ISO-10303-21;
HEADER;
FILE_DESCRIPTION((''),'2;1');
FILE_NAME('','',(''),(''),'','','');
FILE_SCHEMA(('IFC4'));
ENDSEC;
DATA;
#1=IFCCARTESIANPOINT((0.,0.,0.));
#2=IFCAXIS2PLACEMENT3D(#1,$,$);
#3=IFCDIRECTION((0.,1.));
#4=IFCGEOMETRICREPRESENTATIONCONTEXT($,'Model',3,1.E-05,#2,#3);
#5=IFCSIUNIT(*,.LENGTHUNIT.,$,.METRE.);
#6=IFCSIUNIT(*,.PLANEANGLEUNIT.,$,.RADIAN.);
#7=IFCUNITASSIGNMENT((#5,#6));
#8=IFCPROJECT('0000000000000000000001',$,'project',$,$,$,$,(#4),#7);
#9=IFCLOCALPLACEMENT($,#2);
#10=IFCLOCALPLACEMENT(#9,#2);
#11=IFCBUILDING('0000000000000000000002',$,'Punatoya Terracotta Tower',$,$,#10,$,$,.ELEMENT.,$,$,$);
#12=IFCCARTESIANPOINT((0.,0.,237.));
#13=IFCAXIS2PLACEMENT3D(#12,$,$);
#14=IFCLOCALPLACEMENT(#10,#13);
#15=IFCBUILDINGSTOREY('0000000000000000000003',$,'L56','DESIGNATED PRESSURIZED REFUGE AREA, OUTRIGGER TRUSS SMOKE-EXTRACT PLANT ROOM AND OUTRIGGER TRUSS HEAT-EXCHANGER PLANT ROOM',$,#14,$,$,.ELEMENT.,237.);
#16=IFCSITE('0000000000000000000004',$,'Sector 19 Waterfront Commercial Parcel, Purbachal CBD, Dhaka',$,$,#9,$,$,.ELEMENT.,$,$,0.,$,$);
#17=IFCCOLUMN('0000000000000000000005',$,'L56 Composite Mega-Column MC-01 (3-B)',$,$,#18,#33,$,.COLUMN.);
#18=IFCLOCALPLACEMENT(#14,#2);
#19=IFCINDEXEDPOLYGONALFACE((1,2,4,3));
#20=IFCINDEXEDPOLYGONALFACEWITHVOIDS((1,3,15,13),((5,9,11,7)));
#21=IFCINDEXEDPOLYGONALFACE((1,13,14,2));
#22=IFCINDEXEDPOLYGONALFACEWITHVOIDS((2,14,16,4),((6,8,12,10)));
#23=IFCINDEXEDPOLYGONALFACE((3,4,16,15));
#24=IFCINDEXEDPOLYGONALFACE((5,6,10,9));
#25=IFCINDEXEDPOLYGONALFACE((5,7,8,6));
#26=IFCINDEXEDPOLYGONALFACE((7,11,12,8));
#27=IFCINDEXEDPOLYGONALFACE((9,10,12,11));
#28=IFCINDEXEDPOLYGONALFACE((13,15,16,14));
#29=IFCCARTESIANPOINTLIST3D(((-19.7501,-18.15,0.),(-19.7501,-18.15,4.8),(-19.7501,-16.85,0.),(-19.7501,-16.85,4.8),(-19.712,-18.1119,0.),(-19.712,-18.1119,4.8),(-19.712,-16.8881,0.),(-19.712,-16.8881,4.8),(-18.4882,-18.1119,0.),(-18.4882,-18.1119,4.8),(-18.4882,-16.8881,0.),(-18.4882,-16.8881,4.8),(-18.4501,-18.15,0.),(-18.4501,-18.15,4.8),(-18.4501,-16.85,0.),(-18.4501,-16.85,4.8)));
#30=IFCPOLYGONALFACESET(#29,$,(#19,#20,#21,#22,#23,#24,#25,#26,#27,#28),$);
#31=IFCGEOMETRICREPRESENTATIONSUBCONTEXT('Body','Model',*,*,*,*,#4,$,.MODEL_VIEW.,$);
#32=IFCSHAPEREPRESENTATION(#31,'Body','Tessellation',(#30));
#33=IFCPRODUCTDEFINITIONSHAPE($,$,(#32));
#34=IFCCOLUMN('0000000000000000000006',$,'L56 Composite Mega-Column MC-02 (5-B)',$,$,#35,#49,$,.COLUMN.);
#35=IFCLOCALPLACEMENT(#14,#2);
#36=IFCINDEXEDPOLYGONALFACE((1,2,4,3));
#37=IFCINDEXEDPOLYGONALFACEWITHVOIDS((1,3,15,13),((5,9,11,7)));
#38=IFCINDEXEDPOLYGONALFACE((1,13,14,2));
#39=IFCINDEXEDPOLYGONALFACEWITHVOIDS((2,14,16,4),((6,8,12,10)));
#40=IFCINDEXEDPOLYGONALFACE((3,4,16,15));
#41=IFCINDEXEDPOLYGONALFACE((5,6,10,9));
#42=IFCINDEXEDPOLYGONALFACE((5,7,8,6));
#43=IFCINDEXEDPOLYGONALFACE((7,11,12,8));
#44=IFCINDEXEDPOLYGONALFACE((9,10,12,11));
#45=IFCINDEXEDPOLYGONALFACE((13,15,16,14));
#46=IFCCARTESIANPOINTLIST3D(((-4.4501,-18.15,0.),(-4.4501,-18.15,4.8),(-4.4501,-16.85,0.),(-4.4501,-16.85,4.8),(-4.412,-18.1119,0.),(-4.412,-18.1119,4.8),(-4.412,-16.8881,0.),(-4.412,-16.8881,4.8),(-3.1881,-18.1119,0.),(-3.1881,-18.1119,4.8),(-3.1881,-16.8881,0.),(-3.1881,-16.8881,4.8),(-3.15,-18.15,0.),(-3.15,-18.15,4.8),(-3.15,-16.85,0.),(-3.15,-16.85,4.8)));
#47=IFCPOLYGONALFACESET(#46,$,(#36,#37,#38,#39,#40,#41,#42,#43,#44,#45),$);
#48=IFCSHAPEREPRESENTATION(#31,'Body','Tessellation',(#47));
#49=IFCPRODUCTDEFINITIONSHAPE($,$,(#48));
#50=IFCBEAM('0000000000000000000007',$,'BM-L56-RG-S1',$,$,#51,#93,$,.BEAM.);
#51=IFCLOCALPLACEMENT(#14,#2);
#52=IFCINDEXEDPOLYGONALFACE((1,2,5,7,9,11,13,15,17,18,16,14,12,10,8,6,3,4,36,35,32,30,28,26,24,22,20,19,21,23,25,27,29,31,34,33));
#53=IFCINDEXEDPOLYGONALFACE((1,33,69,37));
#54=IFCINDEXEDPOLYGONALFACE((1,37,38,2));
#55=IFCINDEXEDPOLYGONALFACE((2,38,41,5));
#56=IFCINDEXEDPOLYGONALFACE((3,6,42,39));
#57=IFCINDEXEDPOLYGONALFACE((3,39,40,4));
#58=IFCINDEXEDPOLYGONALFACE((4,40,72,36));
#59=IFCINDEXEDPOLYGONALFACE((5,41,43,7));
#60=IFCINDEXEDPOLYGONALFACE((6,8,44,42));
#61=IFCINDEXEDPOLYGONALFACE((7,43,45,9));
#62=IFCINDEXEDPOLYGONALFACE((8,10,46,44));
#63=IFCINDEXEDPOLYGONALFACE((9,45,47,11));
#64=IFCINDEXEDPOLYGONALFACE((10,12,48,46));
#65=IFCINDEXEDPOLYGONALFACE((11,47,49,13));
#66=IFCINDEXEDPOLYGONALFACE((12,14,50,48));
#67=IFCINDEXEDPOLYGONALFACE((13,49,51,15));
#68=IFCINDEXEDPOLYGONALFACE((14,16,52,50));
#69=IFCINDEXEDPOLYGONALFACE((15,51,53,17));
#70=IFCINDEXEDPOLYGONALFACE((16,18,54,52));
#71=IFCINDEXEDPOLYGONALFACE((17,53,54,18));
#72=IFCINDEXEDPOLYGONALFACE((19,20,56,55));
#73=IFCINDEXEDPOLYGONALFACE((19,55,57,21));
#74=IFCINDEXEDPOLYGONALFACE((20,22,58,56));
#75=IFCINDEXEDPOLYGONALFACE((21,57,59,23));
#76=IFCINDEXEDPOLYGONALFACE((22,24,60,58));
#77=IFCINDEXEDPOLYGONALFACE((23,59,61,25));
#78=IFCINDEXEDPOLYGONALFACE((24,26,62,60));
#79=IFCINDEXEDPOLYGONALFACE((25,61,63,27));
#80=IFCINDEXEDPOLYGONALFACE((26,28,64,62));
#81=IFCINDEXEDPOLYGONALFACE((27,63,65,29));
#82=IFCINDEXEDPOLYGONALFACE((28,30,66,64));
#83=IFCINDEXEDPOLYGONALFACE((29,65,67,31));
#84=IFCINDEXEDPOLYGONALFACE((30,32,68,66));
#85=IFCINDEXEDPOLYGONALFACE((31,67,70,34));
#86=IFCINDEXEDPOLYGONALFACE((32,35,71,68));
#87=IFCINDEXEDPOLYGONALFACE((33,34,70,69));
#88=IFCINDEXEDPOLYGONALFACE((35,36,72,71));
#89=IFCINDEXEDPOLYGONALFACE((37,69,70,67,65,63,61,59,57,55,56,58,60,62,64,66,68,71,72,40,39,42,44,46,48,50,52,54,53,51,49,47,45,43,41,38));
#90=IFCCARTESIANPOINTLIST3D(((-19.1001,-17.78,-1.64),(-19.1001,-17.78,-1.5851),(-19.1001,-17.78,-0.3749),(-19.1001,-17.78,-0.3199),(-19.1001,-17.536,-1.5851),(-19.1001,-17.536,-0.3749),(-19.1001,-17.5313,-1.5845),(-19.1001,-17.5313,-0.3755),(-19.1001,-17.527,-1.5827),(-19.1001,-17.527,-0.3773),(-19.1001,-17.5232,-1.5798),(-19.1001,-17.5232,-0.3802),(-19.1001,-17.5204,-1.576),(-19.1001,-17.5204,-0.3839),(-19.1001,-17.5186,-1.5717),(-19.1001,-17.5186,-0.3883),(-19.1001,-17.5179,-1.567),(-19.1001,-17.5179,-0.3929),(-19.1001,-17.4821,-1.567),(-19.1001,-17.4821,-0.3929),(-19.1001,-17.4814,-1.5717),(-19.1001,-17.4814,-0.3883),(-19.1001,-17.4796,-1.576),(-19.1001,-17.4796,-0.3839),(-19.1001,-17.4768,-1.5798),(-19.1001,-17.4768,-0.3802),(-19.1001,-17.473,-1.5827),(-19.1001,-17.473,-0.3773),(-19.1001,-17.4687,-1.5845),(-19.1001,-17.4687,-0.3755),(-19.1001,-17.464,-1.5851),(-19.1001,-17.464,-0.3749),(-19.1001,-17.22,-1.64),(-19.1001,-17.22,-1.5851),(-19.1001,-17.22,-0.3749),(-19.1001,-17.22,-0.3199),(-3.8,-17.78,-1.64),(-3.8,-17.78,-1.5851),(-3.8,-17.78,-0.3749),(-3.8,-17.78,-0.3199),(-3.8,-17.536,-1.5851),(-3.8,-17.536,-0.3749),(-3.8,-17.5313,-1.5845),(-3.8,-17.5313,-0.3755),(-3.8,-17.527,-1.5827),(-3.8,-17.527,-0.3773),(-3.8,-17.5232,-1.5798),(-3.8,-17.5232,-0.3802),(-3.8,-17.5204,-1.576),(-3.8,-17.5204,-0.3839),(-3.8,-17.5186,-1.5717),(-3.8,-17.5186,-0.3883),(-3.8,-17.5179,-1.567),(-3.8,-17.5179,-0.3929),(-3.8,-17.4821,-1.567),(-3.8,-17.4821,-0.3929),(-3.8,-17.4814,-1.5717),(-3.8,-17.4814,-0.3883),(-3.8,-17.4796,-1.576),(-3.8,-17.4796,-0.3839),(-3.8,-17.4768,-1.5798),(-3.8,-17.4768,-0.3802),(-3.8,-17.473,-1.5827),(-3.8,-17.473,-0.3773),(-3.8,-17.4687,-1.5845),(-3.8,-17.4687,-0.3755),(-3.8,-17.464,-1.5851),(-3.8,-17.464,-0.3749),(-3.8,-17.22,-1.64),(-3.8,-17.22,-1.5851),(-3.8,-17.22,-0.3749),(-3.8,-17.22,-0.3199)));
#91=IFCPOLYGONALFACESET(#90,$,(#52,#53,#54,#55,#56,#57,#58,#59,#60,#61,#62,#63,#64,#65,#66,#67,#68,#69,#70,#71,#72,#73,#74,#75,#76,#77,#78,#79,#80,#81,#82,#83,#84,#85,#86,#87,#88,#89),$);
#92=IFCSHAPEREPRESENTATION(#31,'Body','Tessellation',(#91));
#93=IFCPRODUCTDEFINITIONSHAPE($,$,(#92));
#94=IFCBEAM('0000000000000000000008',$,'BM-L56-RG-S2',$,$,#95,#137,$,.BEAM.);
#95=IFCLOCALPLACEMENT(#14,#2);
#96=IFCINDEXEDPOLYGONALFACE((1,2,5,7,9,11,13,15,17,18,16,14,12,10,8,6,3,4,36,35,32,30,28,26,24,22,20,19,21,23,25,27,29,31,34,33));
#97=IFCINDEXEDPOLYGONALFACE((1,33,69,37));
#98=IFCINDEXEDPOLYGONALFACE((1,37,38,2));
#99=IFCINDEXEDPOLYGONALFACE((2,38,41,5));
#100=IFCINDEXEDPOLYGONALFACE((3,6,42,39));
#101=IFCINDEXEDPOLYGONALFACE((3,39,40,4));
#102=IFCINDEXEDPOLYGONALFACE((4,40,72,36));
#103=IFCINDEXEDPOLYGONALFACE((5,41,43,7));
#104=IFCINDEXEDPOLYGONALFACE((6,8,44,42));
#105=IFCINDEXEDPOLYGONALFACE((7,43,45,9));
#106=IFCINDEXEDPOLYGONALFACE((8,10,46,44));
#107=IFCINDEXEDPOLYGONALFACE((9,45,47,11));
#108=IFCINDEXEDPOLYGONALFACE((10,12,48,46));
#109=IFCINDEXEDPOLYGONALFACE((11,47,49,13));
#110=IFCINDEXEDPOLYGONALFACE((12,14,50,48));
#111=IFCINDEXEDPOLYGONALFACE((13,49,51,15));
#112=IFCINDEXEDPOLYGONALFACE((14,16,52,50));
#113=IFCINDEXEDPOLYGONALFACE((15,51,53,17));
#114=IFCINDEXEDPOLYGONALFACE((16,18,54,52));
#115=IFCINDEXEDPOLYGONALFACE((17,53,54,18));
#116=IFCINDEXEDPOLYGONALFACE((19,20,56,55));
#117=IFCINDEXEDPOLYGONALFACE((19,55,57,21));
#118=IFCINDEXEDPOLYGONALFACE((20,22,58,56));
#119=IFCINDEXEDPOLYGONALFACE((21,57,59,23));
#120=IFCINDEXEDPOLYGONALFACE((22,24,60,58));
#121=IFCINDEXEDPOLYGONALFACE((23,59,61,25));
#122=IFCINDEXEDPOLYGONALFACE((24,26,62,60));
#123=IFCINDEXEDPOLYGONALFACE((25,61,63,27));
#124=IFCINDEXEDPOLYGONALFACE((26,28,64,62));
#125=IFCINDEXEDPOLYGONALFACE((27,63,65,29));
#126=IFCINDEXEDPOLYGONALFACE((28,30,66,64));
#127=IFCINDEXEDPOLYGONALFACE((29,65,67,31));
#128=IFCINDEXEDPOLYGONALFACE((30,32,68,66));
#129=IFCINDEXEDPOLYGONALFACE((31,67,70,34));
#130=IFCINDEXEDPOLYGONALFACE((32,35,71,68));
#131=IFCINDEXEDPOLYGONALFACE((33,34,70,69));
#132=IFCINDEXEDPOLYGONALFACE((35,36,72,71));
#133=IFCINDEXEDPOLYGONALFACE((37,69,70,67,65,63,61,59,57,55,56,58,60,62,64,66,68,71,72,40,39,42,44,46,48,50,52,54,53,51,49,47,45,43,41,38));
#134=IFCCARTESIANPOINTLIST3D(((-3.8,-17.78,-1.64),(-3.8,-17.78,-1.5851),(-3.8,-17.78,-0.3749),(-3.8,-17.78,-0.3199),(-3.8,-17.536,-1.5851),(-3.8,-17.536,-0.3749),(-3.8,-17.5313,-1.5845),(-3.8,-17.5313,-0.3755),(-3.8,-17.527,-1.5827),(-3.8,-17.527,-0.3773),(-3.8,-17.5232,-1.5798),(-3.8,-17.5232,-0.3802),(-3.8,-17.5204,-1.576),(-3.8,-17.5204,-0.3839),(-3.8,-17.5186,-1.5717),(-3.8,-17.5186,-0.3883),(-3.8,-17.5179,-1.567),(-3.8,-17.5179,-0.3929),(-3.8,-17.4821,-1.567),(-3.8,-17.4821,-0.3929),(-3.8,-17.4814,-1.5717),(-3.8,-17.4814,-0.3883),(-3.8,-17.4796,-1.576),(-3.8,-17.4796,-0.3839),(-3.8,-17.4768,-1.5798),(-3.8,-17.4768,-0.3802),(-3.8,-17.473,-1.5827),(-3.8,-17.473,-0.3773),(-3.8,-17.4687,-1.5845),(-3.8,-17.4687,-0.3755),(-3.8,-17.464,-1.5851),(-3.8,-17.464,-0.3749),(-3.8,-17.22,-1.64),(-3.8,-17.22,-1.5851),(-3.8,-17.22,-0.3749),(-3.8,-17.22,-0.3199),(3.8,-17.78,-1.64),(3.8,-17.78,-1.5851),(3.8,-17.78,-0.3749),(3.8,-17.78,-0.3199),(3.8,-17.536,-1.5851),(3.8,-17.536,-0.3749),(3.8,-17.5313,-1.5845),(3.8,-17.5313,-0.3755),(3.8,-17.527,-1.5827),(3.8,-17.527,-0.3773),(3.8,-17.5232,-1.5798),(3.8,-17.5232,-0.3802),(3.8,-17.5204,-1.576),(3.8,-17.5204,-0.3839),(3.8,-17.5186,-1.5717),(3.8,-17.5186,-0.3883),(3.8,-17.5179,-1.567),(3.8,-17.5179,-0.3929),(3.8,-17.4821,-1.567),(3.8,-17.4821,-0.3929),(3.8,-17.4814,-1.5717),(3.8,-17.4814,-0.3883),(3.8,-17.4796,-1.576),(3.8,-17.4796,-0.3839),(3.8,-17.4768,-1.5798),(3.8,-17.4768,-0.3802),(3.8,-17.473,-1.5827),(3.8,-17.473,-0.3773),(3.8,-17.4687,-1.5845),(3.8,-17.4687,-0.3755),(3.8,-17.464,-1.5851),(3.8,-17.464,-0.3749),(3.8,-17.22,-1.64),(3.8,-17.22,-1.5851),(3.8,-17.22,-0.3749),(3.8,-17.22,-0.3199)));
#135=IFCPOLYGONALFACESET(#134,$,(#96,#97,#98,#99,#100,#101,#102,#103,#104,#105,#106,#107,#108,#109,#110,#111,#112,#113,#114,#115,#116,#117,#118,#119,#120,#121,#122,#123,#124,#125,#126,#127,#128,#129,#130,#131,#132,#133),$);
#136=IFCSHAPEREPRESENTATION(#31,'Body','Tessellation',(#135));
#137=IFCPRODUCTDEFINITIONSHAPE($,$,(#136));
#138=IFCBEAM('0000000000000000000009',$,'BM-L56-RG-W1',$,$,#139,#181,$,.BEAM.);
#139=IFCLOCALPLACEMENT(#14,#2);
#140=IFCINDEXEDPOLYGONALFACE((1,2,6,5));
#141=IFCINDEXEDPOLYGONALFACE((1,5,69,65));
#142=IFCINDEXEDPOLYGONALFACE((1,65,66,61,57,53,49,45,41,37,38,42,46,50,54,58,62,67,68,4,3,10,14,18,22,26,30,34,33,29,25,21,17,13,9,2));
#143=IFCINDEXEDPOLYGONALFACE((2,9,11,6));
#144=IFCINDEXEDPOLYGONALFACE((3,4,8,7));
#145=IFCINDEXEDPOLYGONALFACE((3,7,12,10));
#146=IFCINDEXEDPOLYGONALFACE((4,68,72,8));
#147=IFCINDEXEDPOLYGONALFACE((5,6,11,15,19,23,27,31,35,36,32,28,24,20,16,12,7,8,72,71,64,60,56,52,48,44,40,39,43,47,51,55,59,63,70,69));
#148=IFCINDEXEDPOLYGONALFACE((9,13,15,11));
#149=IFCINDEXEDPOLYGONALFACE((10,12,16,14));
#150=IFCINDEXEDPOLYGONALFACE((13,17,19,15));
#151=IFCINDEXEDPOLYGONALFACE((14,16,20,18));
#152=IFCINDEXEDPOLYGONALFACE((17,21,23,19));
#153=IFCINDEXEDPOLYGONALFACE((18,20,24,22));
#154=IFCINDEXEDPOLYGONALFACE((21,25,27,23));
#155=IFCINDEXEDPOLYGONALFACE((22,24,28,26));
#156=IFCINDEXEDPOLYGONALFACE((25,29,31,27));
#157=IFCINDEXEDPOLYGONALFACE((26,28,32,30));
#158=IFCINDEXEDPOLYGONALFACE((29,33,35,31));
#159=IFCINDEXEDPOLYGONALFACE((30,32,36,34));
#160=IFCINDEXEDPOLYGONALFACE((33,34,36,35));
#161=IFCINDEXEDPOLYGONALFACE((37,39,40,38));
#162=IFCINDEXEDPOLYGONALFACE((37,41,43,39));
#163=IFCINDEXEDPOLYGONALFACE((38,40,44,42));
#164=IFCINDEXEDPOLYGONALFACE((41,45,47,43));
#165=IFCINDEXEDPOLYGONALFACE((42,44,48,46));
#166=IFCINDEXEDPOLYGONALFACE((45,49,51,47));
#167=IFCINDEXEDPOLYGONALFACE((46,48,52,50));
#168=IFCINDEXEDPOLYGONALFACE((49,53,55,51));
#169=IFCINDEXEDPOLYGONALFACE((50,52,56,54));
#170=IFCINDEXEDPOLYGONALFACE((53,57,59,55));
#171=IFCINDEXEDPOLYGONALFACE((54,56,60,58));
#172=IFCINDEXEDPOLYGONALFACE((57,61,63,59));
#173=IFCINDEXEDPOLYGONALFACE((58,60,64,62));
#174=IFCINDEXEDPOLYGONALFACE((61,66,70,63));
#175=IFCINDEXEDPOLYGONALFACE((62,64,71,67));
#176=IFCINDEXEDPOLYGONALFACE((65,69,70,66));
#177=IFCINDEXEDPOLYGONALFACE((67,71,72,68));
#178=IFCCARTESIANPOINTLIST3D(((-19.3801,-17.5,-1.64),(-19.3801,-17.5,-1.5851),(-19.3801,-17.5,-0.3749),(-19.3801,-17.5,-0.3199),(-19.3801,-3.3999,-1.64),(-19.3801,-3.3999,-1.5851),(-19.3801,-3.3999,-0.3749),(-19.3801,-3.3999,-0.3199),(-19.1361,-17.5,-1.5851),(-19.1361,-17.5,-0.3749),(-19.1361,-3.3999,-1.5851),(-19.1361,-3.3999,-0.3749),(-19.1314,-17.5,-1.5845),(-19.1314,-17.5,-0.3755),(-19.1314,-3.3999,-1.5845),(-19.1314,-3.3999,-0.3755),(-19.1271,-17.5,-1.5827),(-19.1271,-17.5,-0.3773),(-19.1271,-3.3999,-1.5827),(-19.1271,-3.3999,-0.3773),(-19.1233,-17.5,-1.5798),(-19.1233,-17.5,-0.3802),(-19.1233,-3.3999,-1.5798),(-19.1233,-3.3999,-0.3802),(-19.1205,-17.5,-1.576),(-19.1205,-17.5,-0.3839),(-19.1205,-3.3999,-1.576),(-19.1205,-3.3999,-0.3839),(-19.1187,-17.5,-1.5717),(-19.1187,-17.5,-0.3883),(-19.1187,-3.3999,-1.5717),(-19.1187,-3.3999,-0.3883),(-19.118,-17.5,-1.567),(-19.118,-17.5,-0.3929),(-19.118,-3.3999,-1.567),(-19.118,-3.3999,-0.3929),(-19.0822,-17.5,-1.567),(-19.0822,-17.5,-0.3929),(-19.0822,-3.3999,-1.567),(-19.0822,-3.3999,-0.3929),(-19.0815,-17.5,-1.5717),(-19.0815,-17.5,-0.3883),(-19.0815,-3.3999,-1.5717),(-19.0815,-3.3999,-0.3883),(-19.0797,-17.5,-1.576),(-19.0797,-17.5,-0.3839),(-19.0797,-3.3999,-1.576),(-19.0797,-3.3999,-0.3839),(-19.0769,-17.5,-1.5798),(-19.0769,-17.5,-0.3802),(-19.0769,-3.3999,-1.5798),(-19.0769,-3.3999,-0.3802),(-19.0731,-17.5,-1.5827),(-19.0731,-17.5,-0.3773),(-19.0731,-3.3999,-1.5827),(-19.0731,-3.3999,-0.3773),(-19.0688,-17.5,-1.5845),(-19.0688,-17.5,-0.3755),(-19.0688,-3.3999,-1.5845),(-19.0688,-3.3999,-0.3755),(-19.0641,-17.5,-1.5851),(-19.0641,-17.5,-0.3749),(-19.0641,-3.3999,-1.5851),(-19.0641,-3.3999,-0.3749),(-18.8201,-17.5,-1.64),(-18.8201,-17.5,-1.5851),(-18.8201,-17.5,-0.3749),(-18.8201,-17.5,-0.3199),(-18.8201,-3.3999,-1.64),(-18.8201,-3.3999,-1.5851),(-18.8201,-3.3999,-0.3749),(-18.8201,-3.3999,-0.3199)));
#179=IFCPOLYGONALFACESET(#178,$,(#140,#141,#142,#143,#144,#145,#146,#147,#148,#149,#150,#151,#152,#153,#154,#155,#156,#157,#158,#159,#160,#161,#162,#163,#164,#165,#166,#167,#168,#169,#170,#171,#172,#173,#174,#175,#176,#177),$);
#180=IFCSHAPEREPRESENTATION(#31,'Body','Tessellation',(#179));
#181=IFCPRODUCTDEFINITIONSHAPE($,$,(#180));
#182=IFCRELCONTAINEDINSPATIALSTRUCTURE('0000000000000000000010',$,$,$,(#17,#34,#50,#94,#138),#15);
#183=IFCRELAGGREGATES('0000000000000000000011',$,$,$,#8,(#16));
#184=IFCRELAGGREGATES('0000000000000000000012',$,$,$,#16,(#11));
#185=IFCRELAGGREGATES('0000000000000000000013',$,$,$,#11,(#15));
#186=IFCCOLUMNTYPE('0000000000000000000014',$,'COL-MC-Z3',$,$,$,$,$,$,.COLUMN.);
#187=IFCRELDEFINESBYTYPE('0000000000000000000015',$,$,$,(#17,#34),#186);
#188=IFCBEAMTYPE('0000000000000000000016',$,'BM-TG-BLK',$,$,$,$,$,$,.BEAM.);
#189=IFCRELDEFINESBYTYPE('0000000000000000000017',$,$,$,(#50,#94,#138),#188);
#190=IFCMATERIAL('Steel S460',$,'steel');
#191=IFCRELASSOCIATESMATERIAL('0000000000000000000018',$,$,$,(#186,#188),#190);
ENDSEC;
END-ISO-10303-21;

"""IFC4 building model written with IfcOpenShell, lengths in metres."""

from ifc_helpers import new_model, si_unit, direction, frame, origin, origin_2d, place, context, subcontext, project, spatial, hollow_rectangle, i_section, extrude, material, material_profile, profile_set, type_object, element, save


model = new_model("IFC4")

# Units and contexts
model_context = context("Model", 3, precision=1e-05, world=origin(), true_north=direction((0.0, 1.0)))
body_context = subcontext(model_context, "Body", "Model", "MODEL_VIEW")
ifc_project = project(units=[si_unit("LENGTHUNIT", "METRE"), si_unit("PLANEANGLEUNIT", "RADIAN")], contexts=[model_context])

# Site, building, storey
site_placement = place(None, origin())
site = spatial("IfcSite", under=ifc_project, at=site_placement, Name="Sector 19 Waterfront Commercial Parcel, Purbachal CBD, Dhaka", CompositionType="ELEMENT", RefElevation=0.0)
building_placement = place(site_placement, origin())
building = spatial("IfcBuilding", under=site, at=building_placement, Name="Punatoya Terracotta Tower", CompositionType="ELEMENT")
storey_placement = place(building_placement, frame((0.0, 0.0, 237.0)))
storey = spatial("IfcBuildingStorey", under=building, at=storey_placement, Name="L56", Description="DESIGNATED PRESSURIZED REFUGE AREA, OUTRIGGER TRUSS SMOKE-EXTRACT PLANT ROOM AND OUTRIGGER TRUSS HEAT-EXCHANGER PLANT ROOM", CompositionType="ELEMENT", Elevation=237.0)

# Columns
ifc_material_1 = material(Name="Steel S460", Category="steel")
ifc_material_profile_1 = material_profile(ifc_material_1, hollow_rectangle(XDim=1.3, YDim=1.3, WallThickness=0.0381, at=origin_2d()))
ifc_profile_set_1 = profile_set([ifc_material_profile_1], Name="Steel S460")
column_type = type_object("IfcColumnType", Name="COL-MC-Z3", PredefinedType="COLUMN", material=ifc_profile_set_1)
for number, where, z_axis, x_axis, name in (
    (1, (-19.1001, -17.5, 0.0), (0.0, 0.0, 1.0), (1.0, 0.0, 0.0), "L56 Composite Mega-Column MC-01 (3-B)"),
    (2, (-3.8, -17.5, 0.0), (0.0, 0.0, 1.0), (1.0, 0.0, 0.0), "L56 Composite Mega-Column MC-02 (5-B)"),
):
    element("IfcColumn", number, at=place(storey_placement, frame(where, z_axis=z_axis, x_axis=x_axis)), inside=storey, type_object=column_type, Name=name, PredefinedType="COLUMN", context=body_context, shape_type="SweptSolid", body=[
        extrude(hollow_rectangle(XDim=1.3, YDim=1.3, WallThickness=0.0381, at=origin_2d()), origin(), (0.0, 0.0, 1.0), 4.8),
    ])

# Beams
ifc_material_profile_2 = material_profile(ifc_material_1, i_section(OverallWidth=0.5601, OverallDepth=1.3201, WebThickness=0.0359, FlangeThickness=0.0549, FilletRadius=0.0181, at=origin_2d()))
ifc_profile_set_2 = profile_set([ifc_material_profile_2], Name="Steel S460")
beam_type_1 = type_object("IfcBeamType", Name="BM-TG-BLK", PredefinedType="BEAM", material=ifc_profile_set_2)
beam_1_placement = place(storey_placement, frame((-19.1001, -17.5, -0.98), z_axis=(1.0, 0.0, 0.0), x_axis=(0.0, 1.0, 0.0)))
element("IfcBeam", 3, at=beam_1_placement, inside=storey, type_object=beam_type_1, Name="BM-L56-RG-S1", PredefinedType="BEAM", context=body_context, shape_type="SweptSolid", body=[
    extrude(i_section(OverallWidth=0.5601, OverallDepth=1.3201, WebThickness=0.0359, FlangeThickness=0.0549, FilletRadius=0.0181, at=origin_2d()), origin(), (0.0, 0.0, 1.0), 15.3),
])
beam_2_placement = place(storey_placement, frame((-3.8, -17.5, -0.98), z_axis=(1.0, 0.0, 0.0), x_axis=(0.0, 1.0, 0.0)))
element("IfcBeam", 4, at=beam_2_placement, inside=storey, type_object=beam_type_1, Name="BM-L56-RG-S2", PredefinedType="BEAM", context=body_context, shape_type="SweptSolid", body=[
    extrude(i_section(OverallWidth=0.5601, OverallDepth=1.3201, WebThickness=0.0359, FlangeThickness=0.0549, FilletRadius=0.0181, at=origin_2d()), origin(), (0.0, 0.0, 1.0), 7.6001),
])
beam_3_placement = place(storey_placement, frame((-19.1001, -17.5, -0.98), z_axis=(0.0, 1.0, 0.0), x_axis=(-1.0, 0.0, 0.0)))
element("IfcBeam", 5, at=beam_3_placement, inside=storey, type_object=beam_type_1, Name="BM-L56-RG-W1", PredefinedType="BEAM", context=body_context, shape_type="SweptSolid", body=[
    extrude(i_section(OverallWidth=0.5601, OverallDepth=1.3201, WebThickness=0.0359, FlangeThickness=0.0549, FilletRadius=0.0181, at=origin_2d()), origin(), (0.0, 0.0, 1.0), 14.1001),
])

save(model, "model.ifc")
